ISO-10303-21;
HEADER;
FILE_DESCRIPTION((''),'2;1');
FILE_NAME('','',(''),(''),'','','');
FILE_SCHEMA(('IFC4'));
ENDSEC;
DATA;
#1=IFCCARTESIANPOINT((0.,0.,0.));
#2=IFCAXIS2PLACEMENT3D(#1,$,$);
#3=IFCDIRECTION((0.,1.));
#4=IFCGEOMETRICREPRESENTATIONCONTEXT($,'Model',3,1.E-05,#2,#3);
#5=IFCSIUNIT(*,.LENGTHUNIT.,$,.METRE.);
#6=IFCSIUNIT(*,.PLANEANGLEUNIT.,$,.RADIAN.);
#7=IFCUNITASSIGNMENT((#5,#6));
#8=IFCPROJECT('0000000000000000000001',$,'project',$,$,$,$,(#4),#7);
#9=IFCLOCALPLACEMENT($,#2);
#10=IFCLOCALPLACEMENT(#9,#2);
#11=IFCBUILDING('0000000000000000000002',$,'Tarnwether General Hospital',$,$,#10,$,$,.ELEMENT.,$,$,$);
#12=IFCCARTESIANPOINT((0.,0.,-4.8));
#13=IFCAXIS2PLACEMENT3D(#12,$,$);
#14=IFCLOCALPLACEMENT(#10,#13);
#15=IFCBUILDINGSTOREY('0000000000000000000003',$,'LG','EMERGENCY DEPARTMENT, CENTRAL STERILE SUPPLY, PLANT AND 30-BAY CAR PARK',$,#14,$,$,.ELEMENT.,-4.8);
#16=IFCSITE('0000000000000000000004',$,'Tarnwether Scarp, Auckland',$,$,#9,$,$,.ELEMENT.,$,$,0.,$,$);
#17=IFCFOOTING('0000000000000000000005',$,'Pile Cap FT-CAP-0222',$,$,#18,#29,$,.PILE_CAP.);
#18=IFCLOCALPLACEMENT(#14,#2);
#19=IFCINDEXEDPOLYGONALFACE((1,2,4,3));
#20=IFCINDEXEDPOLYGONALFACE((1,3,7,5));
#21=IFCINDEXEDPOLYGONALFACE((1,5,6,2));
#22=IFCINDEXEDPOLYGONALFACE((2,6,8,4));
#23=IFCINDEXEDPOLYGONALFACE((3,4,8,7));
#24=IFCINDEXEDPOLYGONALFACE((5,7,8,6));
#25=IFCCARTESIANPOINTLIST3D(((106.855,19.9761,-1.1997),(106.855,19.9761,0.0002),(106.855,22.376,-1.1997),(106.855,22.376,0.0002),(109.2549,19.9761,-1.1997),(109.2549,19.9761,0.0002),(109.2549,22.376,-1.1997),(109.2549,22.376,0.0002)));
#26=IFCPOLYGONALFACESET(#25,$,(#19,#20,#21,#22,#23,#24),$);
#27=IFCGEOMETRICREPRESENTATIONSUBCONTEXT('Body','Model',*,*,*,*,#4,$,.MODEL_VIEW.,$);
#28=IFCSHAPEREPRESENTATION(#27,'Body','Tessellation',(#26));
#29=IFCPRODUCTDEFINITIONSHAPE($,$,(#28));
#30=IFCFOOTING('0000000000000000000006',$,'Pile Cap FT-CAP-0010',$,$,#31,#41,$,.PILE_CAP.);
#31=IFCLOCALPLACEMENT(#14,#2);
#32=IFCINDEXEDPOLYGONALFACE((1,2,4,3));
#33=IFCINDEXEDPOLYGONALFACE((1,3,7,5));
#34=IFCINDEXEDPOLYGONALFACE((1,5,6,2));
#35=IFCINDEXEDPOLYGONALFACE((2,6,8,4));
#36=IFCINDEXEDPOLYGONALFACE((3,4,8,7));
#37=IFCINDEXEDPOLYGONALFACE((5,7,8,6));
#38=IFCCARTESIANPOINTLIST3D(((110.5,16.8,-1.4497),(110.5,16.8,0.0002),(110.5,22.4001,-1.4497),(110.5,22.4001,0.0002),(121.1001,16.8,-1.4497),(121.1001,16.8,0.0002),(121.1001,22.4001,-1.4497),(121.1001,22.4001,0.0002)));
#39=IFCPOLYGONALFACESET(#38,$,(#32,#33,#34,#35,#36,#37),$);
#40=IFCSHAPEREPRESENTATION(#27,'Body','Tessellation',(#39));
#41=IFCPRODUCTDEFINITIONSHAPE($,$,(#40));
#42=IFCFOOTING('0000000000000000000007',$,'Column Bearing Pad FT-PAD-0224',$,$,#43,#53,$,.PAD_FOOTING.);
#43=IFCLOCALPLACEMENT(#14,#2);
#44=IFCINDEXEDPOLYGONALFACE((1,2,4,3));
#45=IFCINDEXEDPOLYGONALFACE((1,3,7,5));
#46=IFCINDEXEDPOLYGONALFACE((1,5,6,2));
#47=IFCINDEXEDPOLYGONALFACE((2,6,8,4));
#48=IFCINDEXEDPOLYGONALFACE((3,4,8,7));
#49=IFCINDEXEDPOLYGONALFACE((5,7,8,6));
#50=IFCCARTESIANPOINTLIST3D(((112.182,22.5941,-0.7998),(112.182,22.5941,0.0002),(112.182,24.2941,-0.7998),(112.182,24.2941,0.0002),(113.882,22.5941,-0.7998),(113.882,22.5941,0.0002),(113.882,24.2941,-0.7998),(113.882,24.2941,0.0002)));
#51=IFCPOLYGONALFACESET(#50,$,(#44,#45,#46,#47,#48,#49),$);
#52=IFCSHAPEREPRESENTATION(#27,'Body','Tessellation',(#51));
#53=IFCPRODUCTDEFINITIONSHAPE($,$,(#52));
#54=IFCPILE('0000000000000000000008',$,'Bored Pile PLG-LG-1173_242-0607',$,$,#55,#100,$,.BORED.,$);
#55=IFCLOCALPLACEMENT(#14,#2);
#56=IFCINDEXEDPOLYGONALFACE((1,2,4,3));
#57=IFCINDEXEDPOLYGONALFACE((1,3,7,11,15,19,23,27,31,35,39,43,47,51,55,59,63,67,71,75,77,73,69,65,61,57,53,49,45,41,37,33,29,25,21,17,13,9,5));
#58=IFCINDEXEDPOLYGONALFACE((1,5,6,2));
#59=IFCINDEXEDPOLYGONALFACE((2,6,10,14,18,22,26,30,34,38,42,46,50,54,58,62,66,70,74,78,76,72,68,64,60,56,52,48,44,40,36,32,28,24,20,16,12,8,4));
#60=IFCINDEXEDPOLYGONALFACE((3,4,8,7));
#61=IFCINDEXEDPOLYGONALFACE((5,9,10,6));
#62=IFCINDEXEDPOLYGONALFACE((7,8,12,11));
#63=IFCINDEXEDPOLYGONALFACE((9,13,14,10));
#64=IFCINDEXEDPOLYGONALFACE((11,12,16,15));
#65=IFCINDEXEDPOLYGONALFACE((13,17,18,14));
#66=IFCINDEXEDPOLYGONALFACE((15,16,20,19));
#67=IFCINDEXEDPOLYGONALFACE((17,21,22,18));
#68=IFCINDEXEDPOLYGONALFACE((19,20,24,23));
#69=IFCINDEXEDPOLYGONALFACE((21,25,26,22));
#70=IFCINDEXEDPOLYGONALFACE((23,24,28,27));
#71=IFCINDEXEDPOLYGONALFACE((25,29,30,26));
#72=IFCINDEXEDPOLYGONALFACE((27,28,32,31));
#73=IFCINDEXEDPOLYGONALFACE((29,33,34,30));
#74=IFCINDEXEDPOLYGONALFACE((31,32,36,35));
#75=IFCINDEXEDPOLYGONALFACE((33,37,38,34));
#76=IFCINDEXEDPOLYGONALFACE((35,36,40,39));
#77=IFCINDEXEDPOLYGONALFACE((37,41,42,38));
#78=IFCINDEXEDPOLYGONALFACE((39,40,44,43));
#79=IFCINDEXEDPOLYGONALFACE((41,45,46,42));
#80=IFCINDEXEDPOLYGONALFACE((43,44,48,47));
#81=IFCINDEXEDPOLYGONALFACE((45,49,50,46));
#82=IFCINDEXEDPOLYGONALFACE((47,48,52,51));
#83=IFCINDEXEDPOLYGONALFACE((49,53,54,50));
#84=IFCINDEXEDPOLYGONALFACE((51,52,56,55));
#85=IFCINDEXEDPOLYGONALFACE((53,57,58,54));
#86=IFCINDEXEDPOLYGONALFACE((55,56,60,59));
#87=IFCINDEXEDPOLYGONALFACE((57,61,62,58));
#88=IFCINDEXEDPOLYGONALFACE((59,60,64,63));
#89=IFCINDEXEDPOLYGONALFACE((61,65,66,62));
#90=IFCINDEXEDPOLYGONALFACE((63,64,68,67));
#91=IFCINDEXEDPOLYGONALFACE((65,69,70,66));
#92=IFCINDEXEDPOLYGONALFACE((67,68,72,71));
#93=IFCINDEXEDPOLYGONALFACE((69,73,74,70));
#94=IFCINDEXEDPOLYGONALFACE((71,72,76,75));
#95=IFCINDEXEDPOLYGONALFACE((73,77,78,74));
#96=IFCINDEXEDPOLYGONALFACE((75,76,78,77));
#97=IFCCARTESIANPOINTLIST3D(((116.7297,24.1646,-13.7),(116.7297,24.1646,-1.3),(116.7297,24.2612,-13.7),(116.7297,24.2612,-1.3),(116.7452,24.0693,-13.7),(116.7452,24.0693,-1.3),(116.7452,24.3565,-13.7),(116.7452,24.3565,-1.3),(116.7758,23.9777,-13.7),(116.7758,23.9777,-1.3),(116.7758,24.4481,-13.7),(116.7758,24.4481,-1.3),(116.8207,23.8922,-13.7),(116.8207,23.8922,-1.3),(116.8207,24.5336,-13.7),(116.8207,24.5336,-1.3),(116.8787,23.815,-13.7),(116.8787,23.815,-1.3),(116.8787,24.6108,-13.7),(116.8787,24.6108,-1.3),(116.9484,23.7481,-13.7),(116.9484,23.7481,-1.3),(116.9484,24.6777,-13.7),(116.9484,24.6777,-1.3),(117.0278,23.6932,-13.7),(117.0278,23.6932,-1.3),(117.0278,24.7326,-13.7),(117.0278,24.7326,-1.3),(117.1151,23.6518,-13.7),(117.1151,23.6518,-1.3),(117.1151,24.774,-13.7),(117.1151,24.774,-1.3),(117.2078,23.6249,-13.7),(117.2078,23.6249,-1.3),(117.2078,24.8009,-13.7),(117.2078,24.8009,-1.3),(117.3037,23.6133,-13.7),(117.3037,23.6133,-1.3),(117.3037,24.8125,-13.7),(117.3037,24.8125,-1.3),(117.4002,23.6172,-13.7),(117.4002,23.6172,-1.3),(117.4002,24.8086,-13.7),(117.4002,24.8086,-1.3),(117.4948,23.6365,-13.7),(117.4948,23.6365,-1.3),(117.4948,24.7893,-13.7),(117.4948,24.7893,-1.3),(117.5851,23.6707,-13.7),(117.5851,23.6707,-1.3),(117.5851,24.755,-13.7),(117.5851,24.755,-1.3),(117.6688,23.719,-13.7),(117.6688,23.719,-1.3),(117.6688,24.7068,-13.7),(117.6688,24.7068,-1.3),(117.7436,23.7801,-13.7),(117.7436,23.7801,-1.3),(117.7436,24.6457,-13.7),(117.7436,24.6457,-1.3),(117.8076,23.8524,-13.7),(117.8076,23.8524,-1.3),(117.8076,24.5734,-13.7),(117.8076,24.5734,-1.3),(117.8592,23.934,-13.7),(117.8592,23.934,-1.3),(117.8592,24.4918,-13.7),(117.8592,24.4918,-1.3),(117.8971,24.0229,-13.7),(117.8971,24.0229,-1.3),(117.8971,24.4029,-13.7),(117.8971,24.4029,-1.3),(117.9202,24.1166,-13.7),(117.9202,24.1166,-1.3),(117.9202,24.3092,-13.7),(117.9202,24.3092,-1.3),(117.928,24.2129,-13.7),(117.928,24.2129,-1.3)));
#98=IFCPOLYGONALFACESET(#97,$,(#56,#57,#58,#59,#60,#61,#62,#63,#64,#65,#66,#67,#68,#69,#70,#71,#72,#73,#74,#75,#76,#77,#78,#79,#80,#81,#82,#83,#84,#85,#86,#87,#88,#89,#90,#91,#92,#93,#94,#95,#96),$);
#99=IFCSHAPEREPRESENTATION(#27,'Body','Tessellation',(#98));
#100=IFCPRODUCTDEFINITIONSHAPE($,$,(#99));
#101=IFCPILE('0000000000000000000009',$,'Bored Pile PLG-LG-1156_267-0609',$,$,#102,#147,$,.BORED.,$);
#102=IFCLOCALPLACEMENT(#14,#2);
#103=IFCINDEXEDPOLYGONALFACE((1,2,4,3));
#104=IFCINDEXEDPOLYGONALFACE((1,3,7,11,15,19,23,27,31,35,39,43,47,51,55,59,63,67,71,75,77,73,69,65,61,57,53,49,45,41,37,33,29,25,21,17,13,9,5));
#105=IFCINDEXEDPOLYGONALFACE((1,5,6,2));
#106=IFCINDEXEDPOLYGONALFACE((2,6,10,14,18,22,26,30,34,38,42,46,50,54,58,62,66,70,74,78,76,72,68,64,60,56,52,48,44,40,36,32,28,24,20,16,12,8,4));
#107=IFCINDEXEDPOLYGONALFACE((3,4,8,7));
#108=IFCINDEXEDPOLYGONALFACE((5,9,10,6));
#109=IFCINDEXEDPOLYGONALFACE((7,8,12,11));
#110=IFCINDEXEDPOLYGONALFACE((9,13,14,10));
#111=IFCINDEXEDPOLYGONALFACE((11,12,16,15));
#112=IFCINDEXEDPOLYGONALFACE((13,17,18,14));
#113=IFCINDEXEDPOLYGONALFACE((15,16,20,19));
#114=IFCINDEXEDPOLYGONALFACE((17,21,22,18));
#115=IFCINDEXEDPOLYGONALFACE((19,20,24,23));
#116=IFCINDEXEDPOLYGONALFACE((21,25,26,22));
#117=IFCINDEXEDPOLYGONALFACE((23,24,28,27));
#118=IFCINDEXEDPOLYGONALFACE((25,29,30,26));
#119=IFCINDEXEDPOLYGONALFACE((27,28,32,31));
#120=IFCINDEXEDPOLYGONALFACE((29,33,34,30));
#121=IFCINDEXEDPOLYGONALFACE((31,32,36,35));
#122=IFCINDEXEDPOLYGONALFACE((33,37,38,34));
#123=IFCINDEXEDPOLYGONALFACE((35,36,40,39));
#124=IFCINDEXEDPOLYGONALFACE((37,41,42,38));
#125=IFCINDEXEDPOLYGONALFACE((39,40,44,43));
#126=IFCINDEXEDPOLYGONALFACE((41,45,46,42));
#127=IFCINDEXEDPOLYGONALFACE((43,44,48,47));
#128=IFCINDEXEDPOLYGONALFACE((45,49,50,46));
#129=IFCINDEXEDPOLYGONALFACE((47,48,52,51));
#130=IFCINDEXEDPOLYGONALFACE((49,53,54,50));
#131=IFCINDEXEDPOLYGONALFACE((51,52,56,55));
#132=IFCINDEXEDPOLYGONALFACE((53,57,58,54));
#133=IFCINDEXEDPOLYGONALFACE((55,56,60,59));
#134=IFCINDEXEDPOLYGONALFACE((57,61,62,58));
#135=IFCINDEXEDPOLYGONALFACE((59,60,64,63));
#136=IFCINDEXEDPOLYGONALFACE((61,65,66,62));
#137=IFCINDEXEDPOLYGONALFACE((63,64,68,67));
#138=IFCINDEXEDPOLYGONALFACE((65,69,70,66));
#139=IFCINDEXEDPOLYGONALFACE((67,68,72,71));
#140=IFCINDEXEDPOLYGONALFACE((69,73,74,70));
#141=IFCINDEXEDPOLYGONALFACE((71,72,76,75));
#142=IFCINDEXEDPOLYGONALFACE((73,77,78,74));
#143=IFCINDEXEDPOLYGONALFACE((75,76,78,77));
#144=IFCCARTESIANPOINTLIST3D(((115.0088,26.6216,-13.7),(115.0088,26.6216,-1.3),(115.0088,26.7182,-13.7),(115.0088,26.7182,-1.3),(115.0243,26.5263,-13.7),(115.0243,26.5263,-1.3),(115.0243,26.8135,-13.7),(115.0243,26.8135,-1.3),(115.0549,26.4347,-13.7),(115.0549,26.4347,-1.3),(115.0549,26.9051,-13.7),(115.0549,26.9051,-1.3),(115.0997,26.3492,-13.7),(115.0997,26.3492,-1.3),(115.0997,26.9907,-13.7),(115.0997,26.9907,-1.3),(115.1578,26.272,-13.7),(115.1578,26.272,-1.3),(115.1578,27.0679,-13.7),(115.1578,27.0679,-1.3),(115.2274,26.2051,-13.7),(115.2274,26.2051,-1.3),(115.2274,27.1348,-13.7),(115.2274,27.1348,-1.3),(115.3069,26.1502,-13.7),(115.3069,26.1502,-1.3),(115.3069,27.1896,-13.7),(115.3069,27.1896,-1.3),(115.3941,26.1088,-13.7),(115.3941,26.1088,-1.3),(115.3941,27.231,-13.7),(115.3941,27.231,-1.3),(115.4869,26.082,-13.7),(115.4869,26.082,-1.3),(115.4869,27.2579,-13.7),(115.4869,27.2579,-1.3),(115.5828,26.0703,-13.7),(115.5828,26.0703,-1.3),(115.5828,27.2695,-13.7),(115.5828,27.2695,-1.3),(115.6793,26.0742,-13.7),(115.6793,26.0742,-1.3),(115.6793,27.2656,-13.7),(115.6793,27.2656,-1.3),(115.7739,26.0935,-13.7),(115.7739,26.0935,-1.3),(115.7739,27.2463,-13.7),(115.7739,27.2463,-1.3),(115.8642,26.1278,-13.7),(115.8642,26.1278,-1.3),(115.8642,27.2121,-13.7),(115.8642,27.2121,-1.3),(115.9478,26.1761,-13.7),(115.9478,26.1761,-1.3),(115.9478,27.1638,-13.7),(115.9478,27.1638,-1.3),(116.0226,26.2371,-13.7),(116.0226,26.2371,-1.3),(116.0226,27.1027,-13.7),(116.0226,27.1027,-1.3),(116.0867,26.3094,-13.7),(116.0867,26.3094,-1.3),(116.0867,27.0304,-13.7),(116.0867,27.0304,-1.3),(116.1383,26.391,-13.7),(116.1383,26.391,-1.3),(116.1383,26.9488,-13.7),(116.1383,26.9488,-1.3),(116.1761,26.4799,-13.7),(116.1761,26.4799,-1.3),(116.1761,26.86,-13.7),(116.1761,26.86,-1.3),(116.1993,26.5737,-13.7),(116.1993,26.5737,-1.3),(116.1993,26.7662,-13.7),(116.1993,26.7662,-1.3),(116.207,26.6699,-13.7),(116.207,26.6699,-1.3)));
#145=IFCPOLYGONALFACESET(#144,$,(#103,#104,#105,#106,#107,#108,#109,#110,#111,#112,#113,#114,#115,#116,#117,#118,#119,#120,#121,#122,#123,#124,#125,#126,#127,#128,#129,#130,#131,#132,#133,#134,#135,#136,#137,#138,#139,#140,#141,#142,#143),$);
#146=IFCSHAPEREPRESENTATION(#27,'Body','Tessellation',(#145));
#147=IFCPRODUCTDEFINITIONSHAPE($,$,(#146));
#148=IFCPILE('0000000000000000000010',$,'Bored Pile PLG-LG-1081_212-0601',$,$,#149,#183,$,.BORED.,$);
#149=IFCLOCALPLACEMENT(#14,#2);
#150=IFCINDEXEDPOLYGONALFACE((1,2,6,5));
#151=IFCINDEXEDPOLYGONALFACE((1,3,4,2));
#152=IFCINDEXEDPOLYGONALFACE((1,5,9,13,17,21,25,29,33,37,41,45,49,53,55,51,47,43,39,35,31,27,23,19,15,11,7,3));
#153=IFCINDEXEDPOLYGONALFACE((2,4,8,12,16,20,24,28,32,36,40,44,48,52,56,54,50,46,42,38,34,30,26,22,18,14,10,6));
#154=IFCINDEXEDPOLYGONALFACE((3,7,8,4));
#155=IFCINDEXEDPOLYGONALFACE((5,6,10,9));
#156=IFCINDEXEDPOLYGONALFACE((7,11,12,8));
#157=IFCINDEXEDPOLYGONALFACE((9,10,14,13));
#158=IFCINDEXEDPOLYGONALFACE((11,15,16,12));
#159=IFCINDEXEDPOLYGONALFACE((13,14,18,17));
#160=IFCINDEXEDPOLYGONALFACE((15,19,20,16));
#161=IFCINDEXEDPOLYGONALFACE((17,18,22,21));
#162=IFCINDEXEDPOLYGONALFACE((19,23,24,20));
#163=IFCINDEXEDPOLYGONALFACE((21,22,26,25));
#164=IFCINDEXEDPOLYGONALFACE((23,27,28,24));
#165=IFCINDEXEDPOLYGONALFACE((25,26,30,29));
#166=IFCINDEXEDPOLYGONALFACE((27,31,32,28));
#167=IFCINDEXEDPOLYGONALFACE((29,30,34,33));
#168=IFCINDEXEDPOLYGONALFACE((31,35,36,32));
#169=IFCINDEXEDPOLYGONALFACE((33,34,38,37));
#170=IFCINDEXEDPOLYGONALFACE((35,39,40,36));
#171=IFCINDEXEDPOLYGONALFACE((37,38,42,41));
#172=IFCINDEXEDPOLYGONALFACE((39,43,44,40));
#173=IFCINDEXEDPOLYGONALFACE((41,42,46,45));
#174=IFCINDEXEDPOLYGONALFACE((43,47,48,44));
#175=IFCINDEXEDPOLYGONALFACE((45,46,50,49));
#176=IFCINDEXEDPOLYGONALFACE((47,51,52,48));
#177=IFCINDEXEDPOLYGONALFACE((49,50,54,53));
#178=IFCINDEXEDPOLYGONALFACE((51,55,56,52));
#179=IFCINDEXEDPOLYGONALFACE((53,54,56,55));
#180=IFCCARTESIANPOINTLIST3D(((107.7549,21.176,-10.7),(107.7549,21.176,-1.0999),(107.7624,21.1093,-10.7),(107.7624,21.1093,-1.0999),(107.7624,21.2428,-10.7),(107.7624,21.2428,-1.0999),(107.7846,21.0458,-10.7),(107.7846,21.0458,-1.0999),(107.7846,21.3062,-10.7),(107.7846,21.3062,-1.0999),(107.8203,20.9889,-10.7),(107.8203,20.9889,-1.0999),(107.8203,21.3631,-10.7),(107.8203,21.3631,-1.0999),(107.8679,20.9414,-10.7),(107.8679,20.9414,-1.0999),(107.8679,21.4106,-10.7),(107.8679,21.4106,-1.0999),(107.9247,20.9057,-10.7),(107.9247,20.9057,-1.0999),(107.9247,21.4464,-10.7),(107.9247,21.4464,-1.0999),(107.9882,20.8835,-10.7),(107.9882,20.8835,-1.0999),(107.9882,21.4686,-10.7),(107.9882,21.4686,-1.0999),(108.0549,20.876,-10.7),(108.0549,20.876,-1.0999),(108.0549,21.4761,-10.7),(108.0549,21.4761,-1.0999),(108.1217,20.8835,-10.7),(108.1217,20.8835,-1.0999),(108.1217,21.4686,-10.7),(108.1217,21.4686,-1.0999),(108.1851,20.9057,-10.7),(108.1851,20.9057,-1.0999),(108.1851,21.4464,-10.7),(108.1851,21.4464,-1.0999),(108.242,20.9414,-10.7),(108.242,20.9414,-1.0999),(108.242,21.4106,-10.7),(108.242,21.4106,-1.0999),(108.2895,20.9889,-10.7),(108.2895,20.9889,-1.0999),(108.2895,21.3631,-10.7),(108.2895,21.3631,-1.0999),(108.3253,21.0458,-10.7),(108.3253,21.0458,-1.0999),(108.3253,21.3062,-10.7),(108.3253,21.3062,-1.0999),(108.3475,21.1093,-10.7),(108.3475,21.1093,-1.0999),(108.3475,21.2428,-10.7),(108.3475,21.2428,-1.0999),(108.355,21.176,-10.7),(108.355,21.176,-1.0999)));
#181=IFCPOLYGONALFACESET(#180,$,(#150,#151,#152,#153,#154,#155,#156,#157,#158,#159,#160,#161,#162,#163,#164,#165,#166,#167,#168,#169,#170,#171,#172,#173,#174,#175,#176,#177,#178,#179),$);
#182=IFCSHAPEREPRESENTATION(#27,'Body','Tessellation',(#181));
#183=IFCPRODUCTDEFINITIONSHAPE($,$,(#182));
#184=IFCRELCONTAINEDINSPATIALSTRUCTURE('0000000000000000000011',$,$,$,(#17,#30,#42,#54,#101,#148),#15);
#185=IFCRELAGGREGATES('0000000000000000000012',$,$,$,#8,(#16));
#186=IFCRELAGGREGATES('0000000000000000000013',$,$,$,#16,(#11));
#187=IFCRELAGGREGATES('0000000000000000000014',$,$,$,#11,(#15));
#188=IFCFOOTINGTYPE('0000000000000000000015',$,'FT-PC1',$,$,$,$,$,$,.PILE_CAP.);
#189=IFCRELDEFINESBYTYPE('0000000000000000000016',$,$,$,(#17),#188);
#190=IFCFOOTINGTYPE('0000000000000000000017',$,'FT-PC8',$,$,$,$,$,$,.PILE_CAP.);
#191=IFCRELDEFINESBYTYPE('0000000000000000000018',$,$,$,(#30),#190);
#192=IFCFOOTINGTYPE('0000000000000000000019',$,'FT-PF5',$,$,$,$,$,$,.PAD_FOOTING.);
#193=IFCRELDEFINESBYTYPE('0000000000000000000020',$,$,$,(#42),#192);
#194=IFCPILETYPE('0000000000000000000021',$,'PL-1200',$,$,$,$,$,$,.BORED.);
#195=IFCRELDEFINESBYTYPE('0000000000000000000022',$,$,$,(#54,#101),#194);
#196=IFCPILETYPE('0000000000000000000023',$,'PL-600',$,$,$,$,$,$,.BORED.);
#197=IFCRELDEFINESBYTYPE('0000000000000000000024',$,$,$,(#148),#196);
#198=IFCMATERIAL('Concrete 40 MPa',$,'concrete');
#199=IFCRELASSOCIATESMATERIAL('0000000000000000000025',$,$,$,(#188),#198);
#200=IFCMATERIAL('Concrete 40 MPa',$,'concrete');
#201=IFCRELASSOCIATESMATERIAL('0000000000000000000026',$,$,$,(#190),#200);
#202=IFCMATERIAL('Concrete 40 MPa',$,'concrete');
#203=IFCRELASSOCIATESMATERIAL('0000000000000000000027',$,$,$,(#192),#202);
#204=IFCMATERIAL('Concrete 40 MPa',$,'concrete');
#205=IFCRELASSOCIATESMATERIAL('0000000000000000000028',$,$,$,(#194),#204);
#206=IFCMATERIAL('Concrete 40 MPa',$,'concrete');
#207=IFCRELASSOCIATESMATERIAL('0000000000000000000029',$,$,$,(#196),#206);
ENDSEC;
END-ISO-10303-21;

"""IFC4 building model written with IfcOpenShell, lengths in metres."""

from ifc_helpers import new_model, si_unit, direction, frame, origin, origin_2d, place, context, subcontext, project, spatial, rectangle, circle, extrude, material, material_profile, profile_set, type_object, element, save


model = new_model("IFC4")

# Units and contexts
model_context = context("Model", 3, precision=1e-05, world=origin(), true_north=direction((0.0, 1.0)))
body_context = subcontext(model_context, "Body", "Model", "MODEL_VIEW")
ifc_project = project(units=[si_unit("LENGTHUNIT", "METRE"), si_unit("PLANEANGLEUNIT", "RADIAN")], contexts=[model_context])

# Site, building, storey
site_placement = place(None, origin())
site = spatial("IfcSite", under=ifc_project, at=site_placement, Name="Tarnwether Scarp, Auckland", CompositionType="ELEMENT", RefElevation=0.0)
building_placement = place(site_placement, origin())
building = spatial("IfcBuilding", under=site, at=building_placement, Name="Tarnwether General Hospital", CompositionType="ELEMENT")
storey_placement = place(building_placement, frame((0.0, 0.0, -4.8)))
storey = spatial("IfcBuildingStorey", under=building, at=storey_placement, Name="LG", Description="EMERGENCY DEPARTMENT, CENTRAL STERILE SUPPLY, PLANT AND 30-BAY CAR PARK", CompositionType="ELEMENT", Elevation=-4.8)

# Footings
ifc_material_1 = material(Name="Concrete 40 MPa", Category="concrete")
footing_type_1 = type_object("IfcFootingType", Name="FT-PC1", PredefinedType="PILE_CAP", material=ifc_material_1)
footing_1_placement = place(storey_placement, frame((108.0549, 21.176, -1.1997), z_axis=(0.0, 0.0, 1.0), x_axis=(1.0, 0.0, 0.0)))
element("IfcFooting", 1, at=footing_1_placement, inside=storey, type_object=footing_type_1, Name="Pile Cap FT-CAP-0222", PredefinedType="PILE_CAP", context=body_context, shape_type="SweptSolid", body=[
    extrude(rectangle(XDim=2.3999, YDim=2.3999, at=origin_2d()), origin(), (0.0, 0.0, 1.0), 1.2),
])
ifc_material_2 = material(Name="Concrete 40 MPa", Category="concrete")
footing_type_2 = type_object("IfcFootingType", Name="FT-PC8", PredefinedType="PILE_CAP", material=ifc_material_2)
footing_2_placement = place(storey_placement, frame((115.8, 19.6001, -1.4497), z_axis=(0.0, 0.0, 1.0), x_axis=(1.0, 0.0, 0.0)))
element("IfcFooting", 2, at=footing_2_placement, inside=storey, type_object=footing_type_2, Name="Pile Cap FT-CAP-0010", PredefinedType="PILE_CAP", context=body_context, shape_type="SweptSolid", body=[
    extrude(rectangle(XDim=10.6001, YDim=5.6001, at=origin_2d()), origin(), (0.0, 0.0, 1.0), 1.45),
])
ifc_material_3 = material(Name="Concrete 40 MPa", Category="concrete")
footing_type_3 = type_object("IfcFootingType", Name="FT-PF5", PredefinedType="PAD_FOOTING", material=ifc_material_3)
footing_3_placement = place(storey_placement, frame((113.032, 23.4441, -0.7998), z_axis=(0.0, 0.0, 1.0), x_axis=(1.0, 0.0, 0.0)))
element("IfcFooting", 3, at=footing_3_placement, inside=storey, type_object=footing_type_3, Name="Column Bearing Pad FT-PAD-0224", PredefinedType="PAD_FOOTING", context=body_context, shape_type="SweptSolid", body=[
    extrude(rectangle(XDim=1.7, YDim=1.7, at=origin_2d()), origin(), (0.0, 0.0, 1.0), 0.8),
])

# Piles
ifc_material_4 = material(Name="Concrete 40 MPa", Category="concrete")
ifc_material_profile_1 = material_profile(ifc_material_4, circle(Radius=0.6001, at=origin_2d()), Name="PILE-D1200")
ifc_profile_set_1 = profile_set([ifc_material_profile_1], Name="Concrete 40 MPa")
pile_type_1 = type_object("IfcPileType", Name="PL-1200", PredefinedType="BORED", material=ifc_profile_set_1)
for number, where, z_axis, x_axis, name in (
    (4, (117.3279, 24.2129, -1.3), (0.0, 0.0, -1.0), (1.0, 0.0, 0.0), "Bored Pile PLG-LG-1173_242-0607"),
    (5, (115.6069, 26.6699, -1.3), (0.0, 0.0, -1.0), (1.0, 0.0, 0.0), "Bored Pile PLG-LG-1156_267-0609"),
):
    element("IfcPile", number, at=place(storey_placement, frame(where, z_axis=z_axis, x_axis=x_axis)), inside=storey, type_object=pile_type_1, Name=name, PredefinedType="BORED", context=body_context, shape_type="SweptSolid", body=[
        extrude(circle(Radius=0.6001, at=origin_2d()), origin(), (0.0, 0.0, 1.0), 12.3999),
    ])
ifc_material_5 = material(Name="Concrete 40 MPa", Category="concrete")
ifc_material_profile_2 = material_profile(ifc_material_5, circle(Radius=0.3, at=origin_2d()), Name="PILE-D600")
ifc_profile_set_2 = profile_set([ifc_material_profile_2], Name="Concrete 40 MPa")
pile_type_2 = type_object("IfcPileType", Name="PL-600", PredefinedType="BORED", material=ifc_profile_set_2)
pile_1_placement = place(storey_placement, frame((108.0549, 21.176, -1.0999), z_axis=(0.0, 0.0, -1.0), x_axis=(1.0, 0.0, 0.0)))
element("IfcPile", 6, at=pile_1_placement, inside=storey, type_object=pile_type_2, Name="Bored Pile PLG-LG-1081_212-0601", PredefinedType="BORED", context=body_context, shape_type="SweptSolid", body=[
    extrude(circle(Radius=0.3, at=origin_2d()), origin(), (0.0, 0.0, 1.0), 9.6001),
])

save(model, "model.ifc")
